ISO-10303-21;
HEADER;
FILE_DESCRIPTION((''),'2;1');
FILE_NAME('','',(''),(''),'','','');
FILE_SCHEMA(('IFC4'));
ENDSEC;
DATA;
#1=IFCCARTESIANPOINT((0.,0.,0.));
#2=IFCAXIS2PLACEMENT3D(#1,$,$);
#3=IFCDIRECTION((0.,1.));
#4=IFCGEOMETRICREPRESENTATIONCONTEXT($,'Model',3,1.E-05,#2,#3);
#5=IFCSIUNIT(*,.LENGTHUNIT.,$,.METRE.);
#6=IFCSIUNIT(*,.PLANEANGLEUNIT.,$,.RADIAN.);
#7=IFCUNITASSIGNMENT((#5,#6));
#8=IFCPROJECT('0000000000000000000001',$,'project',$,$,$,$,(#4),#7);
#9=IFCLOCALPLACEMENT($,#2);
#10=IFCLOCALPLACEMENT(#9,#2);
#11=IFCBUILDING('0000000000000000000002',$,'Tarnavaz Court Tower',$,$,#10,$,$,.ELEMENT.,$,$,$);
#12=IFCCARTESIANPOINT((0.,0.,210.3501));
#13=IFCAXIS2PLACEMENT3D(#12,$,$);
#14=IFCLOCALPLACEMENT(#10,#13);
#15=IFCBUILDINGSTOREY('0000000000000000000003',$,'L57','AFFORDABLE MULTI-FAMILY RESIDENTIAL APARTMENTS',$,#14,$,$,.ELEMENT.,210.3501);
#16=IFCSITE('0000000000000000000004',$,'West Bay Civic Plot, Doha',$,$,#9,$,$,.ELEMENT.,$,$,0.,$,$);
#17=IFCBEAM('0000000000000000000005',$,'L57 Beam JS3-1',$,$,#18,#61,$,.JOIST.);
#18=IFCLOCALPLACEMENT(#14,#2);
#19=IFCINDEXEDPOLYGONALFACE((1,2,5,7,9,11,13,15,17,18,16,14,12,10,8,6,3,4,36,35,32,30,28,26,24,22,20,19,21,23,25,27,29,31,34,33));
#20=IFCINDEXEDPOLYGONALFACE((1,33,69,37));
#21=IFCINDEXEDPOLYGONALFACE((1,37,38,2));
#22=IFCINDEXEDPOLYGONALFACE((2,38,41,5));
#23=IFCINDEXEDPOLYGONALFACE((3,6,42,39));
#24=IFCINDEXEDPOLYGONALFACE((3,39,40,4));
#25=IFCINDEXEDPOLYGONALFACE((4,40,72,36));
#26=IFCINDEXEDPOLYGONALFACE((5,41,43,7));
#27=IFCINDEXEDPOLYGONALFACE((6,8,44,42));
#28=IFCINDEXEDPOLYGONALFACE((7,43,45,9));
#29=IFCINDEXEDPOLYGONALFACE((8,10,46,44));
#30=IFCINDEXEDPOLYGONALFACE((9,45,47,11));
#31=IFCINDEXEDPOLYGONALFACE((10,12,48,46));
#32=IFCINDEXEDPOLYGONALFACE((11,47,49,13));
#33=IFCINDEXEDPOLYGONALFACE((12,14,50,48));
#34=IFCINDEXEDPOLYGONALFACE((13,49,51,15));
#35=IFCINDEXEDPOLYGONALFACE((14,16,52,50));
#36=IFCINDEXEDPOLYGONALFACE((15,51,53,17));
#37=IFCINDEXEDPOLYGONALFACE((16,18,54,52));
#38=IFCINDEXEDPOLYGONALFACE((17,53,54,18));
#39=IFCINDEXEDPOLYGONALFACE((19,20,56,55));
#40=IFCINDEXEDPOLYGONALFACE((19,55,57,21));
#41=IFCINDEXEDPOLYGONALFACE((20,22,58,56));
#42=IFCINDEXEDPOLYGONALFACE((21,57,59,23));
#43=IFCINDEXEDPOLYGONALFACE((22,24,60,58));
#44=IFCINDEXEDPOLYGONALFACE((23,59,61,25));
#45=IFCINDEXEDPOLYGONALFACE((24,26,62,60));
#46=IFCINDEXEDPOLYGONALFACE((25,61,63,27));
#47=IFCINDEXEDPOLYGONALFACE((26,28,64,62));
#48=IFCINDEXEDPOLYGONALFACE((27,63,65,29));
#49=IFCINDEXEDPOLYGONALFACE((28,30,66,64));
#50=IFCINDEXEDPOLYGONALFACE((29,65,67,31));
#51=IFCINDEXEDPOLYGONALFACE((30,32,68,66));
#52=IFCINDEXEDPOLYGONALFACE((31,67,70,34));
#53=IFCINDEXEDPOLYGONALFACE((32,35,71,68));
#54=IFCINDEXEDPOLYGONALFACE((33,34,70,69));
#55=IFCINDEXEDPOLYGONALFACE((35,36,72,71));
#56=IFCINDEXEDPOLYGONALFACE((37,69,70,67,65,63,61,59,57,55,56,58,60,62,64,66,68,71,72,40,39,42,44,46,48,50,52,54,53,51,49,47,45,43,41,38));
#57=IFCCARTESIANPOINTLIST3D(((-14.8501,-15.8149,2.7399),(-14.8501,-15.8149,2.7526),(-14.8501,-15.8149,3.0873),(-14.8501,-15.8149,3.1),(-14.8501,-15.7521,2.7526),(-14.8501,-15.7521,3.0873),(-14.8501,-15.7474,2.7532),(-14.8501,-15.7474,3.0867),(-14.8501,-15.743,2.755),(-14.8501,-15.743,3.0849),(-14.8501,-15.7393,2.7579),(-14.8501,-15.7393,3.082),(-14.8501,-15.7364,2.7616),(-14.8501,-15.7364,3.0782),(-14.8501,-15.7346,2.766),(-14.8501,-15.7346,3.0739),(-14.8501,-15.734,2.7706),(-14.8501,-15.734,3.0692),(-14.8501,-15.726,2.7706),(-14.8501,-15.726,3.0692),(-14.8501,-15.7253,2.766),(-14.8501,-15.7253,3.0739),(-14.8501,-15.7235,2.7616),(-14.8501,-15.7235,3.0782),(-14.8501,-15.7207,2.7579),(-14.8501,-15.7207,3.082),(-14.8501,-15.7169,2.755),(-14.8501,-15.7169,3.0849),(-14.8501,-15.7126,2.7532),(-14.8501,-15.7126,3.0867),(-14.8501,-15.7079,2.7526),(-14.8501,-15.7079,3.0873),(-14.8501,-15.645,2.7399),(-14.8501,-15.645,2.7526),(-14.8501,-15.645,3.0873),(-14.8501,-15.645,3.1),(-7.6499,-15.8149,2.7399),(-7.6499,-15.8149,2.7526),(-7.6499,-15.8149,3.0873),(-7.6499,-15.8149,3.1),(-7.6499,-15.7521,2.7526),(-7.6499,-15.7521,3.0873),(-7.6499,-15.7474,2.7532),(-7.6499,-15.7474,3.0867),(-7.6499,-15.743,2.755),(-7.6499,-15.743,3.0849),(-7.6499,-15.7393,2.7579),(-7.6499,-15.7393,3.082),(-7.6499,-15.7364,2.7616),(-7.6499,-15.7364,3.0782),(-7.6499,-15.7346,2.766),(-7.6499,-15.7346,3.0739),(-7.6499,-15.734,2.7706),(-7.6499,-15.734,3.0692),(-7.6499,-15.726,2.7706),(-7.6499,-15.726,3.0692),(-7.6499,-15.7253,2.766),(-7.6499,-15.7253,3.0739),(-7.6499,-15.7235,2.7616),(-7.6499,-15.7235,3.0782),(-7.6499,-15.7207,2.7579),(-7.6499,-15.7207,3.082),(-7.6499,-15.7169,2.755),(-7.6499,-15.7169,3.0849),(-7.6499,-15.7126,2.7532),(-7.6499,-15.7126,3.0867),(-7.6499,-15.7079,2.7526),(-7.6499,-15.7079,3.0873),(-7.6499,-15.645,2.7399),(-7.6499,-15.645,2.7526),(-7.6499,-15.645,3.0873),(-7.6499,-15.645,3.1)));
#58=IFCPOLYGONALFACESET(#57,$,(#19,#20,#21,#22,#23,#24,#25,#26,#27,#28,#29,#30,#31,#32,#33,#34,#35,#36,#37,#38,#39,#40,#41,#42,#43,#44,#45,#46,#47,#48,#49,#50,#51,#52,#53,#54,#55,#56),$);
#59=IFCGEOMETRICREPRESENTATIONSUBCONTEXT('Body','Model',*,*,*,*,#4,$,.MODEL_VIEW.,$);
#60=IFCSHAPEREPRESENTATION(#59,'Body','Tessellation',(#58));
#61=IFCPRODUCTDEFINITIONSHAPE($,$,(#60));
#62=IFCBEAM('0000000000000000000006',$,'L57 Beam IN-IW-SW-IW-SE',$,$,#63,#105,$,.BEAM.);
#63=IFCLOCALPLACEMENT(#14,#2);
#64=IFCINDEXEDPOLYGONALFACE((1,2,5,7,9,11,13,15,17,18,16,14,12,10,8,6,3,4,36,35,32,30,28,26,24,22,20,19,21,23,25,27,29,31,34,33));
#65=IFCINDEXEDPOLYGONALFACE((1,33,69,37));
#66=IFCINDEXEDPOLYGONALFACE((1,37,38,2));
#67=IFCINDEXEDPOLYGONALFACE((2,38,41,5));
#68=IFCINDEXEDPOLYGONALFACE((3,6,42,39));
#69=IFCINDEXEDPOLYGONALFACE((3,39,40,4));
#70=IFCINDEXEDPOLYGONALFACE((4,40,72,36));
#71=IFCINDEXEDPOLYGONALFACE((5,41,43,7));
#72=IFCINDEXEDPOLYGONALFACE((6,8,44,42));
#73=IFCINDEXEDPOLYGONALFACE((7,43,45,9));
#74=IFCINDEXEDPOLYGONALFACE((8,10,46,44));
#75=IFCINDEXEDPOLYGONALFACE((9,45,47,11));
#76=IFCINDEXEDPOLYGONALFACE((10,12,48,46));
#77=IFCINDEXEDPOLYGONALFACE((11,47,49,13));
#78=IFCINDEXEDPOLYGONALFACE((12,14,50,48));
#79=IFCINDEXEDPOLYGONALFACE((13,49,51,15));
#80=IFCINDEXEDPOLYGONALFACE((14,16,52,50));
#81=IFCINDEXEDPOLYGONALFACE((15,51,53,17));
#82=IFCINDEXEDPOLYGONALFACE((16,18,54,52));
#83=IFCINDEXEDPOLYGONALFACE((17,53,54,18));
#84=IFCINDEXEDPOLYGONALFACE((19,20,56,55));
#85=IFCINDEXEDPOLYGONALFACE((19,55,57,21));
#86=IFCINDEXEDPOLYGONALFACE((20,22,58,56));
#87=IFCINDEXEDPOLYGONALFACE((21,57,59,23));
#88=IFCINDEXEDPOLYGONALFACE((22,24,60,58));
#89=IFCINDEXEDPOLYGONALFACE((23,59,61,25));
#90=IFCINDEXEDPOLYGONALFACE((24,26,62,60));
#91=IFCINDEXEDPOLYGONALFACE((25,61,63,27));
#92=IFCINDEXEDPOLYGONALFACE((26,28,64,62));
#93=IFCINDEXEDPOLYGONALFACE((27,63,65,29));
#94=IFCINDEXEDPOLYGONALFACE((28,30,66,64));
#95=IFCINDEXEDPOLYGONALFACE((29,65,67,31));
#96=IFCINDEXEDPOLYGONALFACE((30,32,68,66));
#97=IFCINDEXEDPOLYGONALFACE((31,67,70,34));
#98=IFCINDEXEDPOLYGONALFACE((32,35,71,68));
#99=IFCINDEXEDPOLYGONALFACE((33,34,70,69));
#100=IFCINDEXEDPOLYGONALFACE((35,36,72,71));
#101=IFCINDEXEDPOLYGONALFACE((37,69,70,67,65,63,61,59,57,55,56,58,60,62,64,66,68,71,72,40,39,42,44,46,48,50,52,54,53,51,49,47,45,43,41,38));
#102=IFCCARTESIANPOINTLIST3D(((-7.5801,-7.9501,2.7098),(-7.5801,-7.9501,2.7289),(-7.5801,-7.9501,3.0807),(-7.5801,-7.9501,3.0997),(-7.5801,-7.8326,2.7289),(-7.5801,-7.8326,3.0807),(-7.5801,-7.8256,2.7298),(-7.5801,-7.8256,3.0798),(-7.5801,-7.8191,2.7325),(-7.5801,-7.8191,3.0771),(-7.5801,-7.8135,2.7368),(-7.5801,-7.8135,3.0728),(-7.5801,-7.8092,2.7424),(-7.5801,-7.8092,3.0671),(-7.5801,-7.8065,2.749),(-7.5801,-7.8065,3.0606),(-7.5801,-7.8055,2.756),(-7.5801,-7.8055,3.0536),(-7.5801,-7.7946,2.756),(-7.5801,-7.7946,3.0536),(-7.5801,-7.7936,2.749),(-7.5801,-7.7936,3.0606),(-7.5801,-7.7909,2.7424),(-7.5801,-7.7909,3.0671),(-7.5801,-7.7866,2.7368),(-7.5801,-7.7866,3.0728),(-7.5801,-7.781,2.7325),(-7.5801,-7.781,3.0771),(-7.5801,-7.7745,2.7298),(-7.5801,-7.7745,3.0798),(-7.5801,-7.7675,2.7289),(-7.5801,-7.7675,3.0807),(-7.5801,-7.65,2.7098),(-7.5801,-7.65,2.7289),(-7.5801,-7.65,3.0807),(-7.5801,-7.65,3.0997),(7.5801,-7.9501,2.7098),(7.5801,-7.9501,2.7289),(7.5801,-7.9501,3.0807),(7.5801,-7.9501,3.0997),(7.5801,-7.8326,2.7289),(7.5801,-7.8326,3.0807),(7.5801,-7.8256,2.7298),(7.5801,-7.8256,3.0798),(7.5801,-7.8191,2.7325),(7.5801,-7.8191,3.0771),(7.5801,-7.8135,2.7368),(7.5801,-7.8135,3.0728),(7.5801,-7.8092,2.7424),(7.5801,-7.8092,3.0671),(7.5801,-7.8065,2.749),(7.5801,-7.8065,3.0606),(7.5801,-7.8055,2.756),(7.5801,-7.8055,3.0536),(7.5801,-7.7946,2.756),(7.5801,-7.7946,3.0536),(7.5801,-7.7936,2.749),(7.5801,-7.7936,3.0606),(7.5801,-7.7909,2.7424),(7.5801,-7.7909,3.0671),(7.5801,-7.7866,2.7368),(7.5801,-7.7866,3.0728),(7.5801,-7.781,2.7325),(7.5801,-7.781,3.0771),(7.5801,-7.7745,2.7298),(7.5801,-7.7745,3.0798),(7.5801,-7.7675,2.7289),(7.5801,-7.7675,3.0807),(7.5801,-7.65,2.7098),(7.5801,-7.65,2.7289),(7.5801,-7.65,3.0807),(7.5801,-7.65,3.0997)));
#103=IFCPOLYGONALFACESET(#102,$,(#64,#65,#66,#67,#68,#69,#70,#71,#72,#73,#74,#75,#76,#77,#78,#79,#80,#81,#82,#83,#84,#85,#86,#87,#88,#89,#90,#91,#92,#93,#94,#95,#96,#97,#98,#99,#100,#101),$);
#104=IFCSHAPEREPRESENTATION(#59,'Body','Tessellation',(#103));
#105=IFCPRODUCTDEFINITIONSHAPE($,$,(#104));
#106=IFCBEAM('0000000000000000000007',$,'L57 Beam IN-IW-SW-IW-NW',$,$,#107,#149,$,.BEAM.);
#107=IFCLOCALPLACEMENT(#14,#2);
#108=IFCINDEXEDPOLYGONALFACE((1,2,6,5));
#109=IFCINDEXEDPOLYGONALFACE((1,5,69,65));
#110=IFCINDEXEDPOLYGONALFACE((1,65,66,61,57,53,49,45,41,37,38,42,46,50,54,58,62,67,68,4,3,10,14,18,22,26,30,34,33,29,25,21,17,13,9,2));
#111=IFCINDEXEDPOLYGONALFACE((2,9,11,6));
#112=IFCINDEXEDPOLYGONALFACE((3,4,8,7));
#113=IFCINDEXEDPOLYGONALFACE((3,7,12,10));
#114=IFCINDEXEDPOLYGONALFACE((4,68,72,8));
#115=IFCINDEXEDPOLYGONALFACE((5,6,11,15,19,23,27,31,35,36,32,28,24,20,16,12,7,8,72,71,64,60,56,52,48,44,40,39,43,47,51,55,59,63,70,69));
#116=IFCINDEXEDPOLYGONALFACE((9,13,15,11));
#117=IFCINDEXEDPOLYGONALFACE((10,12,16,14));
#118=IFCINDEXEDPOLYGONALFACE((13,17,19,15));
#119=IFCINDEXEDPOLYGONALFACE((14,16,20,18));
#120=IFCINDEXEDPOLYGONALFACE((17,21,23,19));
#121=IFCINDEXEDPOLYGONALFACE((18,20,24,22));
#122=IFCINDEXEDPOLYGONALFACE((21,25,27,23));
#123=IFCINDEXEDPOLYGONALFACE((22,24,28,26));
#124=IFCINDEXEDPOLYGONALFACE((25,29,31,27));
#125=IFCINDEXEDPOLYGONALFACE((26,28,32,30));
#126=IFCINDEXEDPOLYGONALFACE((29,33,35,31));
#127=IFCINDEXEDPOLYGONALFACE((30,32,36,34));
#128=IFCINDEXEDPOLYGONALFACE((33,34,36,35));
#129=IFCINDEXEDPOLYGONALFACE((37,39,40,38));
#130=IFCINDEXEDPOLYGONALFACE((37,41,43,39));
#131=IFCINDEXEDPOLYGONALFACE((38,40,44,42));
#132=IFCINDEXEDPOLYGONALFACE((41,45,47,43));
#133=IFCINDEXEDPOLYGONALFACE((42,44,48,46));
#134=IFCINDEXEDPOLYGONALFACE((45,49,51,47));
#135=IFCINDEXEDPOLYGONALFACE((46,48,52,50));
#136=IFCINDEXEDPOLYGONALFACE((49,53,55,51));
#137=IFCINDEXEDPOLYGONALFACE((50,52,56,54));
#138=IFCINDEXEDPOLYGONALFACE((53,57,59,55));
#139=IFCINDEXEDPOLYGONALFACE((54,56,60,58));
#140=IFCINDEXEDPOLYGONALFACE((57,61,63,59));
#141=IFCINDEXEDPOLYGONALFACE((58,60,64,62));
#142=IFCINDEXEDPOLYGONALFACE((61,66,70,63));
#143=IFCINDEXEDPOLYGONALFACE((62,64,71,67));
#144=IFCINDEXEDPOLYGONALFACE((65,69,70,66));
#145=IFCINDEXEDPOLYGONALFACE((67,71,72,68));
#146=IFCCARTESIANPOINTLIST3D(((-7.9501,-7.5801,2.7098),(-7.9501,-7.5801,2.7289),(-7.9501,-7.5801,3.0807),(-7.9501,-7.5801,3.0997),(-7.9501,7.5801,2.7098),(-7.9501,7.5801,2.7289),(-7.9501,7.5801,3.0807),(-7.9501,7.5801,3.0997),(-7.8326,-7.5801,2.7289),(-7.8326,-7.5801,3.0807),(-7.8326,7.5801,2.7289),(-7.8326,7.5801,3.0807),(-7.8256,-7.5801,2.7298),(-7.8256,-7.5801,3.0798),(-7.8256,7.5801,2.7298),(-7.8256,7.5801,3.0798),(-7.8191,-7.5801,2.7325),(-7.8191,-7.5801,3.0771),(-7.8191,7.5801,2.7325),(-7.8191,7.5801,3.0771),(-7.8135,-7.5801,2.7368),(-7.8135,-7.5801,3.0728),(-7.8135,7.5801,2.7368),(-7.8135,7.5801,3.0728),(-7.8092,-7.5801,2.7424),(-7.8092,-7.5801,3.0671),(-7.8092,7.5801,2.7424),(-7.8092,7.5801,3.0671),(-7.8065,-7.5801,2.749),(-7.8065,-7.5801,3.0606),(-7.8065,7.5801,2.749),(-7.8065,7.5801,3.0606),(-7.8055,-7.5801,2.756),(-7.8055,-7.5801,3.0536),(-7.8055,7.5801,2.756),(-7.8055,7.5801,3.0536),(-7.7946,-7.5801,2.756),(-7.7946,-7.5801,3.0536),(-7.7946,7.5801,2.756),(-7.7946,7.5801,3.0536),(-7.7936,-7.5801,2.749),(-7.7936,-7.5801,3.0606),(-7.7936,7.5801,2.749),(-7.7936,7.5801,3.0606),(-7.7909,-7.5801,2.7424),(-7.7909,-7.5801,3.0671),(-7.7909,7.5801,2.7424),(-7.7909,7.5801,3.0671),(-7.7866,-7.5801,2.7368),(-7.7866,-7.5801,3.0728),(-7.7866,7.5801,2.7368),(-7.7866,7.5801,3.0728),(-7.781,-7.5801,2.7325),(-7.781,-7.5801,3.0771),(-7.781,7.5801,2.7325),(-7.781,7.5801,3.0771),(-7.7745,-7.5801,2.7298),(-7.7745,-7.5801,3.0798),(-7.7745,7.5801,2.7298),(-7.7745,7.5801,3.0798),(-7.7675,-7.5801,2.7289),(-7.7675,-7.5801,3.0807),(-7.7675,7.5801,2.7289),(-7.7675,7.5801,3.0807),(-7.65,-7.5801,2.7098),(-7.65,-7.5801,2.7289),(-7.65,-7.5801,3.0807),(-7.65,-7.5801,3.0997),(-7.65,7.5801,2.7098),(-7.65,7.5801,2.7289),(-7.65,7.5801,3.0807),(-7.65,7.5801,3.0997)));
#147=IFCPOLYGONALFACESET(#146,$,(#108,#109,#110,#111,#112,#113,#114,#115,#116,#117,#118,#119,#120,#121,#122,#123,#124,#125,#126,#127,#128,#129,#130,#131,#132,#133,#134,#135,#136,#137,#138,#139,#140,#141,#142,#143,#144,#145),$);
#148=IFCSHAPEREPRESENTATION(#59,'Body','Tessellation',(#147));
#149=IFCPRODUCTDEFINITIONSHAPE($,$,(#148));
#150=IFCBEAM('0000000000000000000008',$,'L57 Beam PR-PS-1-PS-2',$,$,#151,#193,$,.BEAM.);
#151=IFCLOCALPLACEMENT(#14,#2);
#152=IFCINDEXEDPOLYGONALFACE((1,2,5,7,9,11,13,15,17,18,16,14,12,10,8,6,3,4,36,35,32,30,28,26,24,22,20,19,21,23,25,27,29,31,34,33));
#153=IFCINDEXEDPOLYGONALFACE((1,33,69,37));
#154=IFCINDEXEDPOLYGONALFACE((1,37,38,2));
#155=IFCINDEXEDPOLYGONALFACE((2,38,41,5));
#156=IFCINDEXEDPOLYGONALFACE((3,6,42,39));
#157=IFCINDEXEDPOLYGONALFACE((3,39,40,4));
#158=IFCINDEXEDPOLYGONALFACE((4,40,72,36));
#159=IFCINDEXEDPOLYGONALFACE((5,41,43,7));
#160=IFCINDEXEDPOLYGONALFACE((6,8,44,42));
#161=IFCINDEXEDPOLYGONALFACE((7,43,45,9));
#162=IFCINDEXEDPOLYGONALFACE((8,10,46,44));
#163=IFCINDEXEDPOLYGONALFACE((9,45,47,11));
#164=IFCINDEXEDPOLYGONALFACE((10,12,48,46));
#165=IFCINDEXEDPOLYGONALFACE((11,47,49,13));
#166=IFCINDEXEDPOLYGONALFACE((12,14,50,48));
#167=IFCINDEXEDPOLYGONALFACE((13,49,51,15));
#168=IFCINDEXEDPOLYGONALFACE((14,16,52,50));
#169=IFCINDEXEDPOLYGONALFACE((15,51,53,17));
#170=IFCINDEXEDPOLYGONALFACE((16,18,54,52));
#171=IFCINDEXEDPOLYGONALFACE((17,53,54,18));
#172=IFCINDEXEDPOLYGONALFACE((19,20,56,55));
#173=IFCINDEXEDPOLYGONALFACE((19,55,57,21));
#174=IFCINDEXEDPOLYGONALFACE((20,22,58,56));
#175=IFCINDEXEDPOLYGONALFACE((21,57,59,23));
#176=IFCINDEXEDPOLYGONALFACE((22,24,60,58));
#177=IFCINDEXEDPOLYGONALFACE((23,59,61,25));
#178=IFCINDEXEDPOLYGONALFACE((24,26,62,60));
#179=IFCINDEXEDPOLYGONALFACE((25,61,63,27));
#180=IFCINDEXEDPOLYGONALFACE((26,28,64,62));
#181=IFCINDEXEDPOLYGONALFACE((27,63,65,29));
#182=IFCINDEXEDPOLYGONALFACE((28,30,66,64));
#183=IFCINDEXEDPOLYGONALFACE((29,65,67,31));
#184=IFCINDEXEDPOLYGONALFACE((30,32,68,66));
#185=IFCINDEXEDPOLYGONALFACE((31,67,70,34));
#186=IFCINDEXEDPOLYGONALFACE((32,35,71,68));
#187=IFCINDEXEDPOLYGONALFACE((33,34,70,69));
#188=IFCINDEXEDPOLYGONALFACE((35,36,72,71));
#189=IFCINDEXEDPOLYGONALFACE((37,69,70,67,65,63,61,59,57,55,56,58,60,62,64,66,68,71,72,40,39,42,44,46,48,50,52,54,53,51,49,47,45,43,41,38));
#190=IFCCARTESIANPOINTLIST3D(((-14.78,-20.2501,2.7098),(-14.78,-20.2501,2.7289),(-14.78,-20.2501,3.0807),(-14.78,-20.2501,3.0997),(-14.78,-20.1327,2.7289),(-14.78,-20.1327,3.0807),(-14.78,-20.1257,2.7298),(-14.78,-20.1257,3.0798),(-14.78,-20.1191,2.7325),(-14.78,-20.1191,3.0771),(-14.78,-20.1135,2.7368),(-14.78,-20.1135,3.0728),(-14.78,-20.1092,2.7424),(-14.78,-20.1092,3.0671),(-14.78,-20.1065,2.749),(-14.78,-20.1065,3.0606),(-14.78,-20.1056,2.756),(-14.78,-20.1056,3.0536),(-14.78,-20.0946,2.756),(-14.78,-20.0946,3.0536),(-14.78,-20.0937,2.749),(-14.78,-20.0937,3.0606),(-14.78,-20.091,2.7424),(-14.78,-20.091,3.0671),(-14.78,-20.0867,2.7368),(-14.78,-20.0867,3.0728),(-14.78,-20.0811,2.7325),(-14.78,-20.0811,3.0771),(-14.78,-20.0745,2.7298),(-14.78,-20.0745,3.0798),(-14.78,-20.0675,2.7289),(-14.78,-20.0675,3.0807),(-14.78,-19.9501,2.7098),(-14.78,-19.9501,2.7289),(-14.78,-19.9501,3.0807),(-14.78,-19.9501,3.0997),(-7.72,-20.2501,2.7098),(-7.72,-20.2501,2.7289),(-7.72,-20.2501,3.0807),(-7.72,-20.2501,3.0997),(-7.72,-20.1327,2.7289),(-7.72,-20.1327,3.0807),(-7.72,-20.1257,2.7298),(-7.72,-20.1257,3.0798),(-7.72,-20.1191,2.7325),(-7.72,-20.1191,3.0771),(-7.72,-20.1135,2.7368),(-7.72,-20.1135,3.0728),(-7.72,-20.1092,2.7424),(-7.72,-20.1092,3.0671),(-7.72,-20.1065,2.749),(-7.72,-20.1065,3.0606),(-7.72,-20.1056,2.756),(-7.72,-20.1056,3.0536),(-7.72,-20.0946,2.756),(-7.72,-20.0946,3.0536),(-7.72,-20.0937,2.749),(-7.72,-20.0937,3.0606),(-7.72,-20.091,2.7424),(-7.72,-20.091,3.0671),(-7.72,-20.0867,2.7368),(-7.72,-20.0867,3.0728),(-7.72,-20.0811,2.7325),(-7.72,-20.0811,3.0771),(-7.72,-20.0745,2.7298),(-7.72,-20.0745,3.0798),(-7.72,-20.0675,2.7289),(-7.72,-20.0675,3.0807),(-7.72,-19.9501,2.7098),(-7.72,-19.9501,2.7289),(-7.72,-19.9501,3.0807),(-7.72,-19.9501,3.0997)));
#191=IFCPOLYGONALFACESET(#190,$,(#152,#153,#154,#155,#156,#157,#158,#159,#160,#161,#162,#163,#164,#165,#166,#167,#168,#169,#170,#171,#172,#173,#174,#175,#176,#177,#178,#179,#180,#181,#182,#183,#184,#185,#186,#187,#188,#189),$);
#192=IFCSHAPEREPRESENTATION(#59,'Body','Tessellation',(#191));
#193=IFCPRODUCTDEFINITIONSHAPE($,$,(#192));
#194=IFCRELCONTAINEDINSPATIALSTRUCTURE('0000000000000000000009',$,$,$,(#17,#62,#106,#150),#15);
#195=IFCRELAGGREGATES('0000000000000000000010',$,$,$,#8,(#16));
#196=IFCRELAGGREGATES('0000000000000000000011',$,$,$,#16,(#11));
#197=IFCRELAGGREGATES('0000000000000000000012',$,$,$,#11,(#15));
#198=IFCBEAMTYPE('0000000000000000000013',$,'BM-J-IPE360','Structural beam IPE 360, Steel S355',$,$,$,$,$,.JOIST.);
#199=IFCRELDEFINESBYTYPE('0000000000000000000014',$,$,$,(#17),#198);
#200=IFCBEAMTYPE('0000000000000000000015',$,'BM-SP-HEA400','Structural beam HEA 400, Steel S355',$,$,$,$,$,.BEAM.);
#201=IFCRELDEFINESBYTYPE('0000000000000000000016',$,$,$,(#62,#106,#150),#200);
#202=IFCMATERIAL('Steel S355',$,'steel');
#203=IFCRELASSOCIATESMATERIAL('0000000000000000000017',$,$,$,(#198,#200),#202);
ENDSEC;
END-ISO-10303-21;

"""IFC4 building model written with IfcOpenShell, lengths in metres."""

from ifc_helpers import new_model, si_unit, direction, frame, origin, origin_2d, place, context, subcontext, project, spatial, i_section, extrude, material, material_profile, profile_set, type_object, element, save


model = new_model("IFC4")

# Units and contexts
model_context = context("Model", 3, precision=1e-05, world=origin(), true_north=direction((0.0, 1.0)))
body_context = subcontext(model_context, "Body", "Model", "MODEL_VIEW")
ifc_project = project(units=[si_unit("LENGTHUNIT", "METRE"), si_unit("PLANEANGLEUNIT", "RADIAN")], contexts=[model_context])

# Site, building, storey
site_placement = place(None, origin())
site = spatial("IfcSite", under=ifc_project, at=site_placement, Name="West Bay Civic Plot, Doha", CompositionType="ELEMENT", RefElevation=0.0)
building_placement = place(site_placement, origin())
building = spatial("IfcBuilding", under=site, at=building_placement, Name="Tarnavaz Court Tower", CompositionType="ELEMENT")
storey_placement = place(building_placement, frame((0.0, 0.0, 210.3501)))
storey = spatial("IfcBuildingStorey", under=building, at=storey_placement, Name="L57", Description="AFFORDABLE MULTI-FAMILY RESIDENTIAL APARTMENTS", CompositionType="ELEMENT", Elevation=210.3501)

# Beams
ifc_material_1 = material(Name="Steel S355", Category="steel")
ifc_material_profile_1 = material_profile(ifc_material_1, i_section(OverallWidth=0.1699, OverallDepth=0.3601, WebThickness=0.0081, FlangeThickness=0.0127, FilletRadius=0.0181, at=origin_2d()), Name="IPE 360")
ifc_profile_set_1 = profile_set([ifc_material_profile_1], Name="Steel S355")
beam_type_1 = type_object("IfcBeamType", Name="BM-J-IPE360", Description="Structural beam IPE 360, Steel S355", PredefinedType="JOIST", material=ifc_profile_set_1)
for number, where, z_axis, x_axis, name in (
    (1, (-14.8501, -15.73, 2.9199), (1.0, 0.0, 0.0), (0.0, 1.0, 0.0), "L57 Beam JS3-1"),
):
    element("IfcBeam", number, at=place(storey_placement, frame(where, z_axis=z_axis, x_axis=x_axis)), inside=storey, type_object=beam_type_1, Name=name, PredefinedType="JOIST", context=body_context, shape_type="SweptSolid", body=[
        extrude(i_section(OverallWidth=0.1699, OverallDepth=0.3601, WebThickness=0.0081, FlangeThickness=0.0127, FilletRadius=0.0181, at=origin_2d()), origin(), (0.0, 0.0, 1.0), 7.2002),
    ])
ifc_material_profile_2 = material_profile(ifc_material_1, i_section(OverallWidth=0.3, OverallDepth=0.3899, WebThickness=0.011, FlangeThickness=0.019, FilletRadius=0.0271, at=origin_2d()), Name="HEA 400")
ifc_profile_set_2 = profile_set([ifc_material_profile_2], Name="Steel S355")
beam_type_2 = type_object("IfcBeamType", Name="BM-SP-HEA400", Description="Structural beam HEA 400, Steel S355", PredefinedType="BEAM", material=ifc_profile_set_2)
for number, where, z_axis, x_axis, name in (
    (2, (-7.5801, -7.8, 2.9048), (1.0, 0.0, 0.0), (0.0, 1.0, 0.0), "L57 Beam IN-IW-SW-IW-SE"),
    (3, (-7.8, -7.5801, 2.9048), (0.0, 1.0, 0.0), (-1.0, 0.0, 0.0), "L57 Beam IN-IW-SW-IW-NW"),
):
    element("IfcBeam", number, at=place(storey_placement, frame(where, z_axis=z_axis, x_axis=x_axis)), inside=storey, type_object=beam_type_2, Name=name, PredefinedType="BEAM", context=body_context, shape_type="SweptSolid", body=[
        extrude(i_section(OverallWidth=0.3, OverallDepth=0.3899, WebThickness=0.011, FlangeThickness=0.019, FilletRadius=0.0271, at=origin_2d()), origin(), (0.0, 0.0, 1.0), 15.1602),
    ])
beam_1_placement = place(storey_placement, frame((-14.78, -20.1001, 2.9048), z_axis=(1.0, 0.0, 0.0), x_axis=(0.0, 1.0, 0.0)))
element("IfcBeam", 4, at=beam_1_placement, inside=storey, type_object=beam_type_2, Name="L57 Beam PR-PS-1-PS-2", PredefinedType="BEAM", context=body_context, shape_type="SweptSolid", body=[
    extrude(i_section(OverallWidth=0.3, OverallDepth=0.3899, WebThickness=0.011, FlangeThickness=0.019, FilletRadius=0.0271, at=origin_2d()), origin(), (0.0, 0.0, 1.0), 7.0601),
])

save(model, "model.ifc")
